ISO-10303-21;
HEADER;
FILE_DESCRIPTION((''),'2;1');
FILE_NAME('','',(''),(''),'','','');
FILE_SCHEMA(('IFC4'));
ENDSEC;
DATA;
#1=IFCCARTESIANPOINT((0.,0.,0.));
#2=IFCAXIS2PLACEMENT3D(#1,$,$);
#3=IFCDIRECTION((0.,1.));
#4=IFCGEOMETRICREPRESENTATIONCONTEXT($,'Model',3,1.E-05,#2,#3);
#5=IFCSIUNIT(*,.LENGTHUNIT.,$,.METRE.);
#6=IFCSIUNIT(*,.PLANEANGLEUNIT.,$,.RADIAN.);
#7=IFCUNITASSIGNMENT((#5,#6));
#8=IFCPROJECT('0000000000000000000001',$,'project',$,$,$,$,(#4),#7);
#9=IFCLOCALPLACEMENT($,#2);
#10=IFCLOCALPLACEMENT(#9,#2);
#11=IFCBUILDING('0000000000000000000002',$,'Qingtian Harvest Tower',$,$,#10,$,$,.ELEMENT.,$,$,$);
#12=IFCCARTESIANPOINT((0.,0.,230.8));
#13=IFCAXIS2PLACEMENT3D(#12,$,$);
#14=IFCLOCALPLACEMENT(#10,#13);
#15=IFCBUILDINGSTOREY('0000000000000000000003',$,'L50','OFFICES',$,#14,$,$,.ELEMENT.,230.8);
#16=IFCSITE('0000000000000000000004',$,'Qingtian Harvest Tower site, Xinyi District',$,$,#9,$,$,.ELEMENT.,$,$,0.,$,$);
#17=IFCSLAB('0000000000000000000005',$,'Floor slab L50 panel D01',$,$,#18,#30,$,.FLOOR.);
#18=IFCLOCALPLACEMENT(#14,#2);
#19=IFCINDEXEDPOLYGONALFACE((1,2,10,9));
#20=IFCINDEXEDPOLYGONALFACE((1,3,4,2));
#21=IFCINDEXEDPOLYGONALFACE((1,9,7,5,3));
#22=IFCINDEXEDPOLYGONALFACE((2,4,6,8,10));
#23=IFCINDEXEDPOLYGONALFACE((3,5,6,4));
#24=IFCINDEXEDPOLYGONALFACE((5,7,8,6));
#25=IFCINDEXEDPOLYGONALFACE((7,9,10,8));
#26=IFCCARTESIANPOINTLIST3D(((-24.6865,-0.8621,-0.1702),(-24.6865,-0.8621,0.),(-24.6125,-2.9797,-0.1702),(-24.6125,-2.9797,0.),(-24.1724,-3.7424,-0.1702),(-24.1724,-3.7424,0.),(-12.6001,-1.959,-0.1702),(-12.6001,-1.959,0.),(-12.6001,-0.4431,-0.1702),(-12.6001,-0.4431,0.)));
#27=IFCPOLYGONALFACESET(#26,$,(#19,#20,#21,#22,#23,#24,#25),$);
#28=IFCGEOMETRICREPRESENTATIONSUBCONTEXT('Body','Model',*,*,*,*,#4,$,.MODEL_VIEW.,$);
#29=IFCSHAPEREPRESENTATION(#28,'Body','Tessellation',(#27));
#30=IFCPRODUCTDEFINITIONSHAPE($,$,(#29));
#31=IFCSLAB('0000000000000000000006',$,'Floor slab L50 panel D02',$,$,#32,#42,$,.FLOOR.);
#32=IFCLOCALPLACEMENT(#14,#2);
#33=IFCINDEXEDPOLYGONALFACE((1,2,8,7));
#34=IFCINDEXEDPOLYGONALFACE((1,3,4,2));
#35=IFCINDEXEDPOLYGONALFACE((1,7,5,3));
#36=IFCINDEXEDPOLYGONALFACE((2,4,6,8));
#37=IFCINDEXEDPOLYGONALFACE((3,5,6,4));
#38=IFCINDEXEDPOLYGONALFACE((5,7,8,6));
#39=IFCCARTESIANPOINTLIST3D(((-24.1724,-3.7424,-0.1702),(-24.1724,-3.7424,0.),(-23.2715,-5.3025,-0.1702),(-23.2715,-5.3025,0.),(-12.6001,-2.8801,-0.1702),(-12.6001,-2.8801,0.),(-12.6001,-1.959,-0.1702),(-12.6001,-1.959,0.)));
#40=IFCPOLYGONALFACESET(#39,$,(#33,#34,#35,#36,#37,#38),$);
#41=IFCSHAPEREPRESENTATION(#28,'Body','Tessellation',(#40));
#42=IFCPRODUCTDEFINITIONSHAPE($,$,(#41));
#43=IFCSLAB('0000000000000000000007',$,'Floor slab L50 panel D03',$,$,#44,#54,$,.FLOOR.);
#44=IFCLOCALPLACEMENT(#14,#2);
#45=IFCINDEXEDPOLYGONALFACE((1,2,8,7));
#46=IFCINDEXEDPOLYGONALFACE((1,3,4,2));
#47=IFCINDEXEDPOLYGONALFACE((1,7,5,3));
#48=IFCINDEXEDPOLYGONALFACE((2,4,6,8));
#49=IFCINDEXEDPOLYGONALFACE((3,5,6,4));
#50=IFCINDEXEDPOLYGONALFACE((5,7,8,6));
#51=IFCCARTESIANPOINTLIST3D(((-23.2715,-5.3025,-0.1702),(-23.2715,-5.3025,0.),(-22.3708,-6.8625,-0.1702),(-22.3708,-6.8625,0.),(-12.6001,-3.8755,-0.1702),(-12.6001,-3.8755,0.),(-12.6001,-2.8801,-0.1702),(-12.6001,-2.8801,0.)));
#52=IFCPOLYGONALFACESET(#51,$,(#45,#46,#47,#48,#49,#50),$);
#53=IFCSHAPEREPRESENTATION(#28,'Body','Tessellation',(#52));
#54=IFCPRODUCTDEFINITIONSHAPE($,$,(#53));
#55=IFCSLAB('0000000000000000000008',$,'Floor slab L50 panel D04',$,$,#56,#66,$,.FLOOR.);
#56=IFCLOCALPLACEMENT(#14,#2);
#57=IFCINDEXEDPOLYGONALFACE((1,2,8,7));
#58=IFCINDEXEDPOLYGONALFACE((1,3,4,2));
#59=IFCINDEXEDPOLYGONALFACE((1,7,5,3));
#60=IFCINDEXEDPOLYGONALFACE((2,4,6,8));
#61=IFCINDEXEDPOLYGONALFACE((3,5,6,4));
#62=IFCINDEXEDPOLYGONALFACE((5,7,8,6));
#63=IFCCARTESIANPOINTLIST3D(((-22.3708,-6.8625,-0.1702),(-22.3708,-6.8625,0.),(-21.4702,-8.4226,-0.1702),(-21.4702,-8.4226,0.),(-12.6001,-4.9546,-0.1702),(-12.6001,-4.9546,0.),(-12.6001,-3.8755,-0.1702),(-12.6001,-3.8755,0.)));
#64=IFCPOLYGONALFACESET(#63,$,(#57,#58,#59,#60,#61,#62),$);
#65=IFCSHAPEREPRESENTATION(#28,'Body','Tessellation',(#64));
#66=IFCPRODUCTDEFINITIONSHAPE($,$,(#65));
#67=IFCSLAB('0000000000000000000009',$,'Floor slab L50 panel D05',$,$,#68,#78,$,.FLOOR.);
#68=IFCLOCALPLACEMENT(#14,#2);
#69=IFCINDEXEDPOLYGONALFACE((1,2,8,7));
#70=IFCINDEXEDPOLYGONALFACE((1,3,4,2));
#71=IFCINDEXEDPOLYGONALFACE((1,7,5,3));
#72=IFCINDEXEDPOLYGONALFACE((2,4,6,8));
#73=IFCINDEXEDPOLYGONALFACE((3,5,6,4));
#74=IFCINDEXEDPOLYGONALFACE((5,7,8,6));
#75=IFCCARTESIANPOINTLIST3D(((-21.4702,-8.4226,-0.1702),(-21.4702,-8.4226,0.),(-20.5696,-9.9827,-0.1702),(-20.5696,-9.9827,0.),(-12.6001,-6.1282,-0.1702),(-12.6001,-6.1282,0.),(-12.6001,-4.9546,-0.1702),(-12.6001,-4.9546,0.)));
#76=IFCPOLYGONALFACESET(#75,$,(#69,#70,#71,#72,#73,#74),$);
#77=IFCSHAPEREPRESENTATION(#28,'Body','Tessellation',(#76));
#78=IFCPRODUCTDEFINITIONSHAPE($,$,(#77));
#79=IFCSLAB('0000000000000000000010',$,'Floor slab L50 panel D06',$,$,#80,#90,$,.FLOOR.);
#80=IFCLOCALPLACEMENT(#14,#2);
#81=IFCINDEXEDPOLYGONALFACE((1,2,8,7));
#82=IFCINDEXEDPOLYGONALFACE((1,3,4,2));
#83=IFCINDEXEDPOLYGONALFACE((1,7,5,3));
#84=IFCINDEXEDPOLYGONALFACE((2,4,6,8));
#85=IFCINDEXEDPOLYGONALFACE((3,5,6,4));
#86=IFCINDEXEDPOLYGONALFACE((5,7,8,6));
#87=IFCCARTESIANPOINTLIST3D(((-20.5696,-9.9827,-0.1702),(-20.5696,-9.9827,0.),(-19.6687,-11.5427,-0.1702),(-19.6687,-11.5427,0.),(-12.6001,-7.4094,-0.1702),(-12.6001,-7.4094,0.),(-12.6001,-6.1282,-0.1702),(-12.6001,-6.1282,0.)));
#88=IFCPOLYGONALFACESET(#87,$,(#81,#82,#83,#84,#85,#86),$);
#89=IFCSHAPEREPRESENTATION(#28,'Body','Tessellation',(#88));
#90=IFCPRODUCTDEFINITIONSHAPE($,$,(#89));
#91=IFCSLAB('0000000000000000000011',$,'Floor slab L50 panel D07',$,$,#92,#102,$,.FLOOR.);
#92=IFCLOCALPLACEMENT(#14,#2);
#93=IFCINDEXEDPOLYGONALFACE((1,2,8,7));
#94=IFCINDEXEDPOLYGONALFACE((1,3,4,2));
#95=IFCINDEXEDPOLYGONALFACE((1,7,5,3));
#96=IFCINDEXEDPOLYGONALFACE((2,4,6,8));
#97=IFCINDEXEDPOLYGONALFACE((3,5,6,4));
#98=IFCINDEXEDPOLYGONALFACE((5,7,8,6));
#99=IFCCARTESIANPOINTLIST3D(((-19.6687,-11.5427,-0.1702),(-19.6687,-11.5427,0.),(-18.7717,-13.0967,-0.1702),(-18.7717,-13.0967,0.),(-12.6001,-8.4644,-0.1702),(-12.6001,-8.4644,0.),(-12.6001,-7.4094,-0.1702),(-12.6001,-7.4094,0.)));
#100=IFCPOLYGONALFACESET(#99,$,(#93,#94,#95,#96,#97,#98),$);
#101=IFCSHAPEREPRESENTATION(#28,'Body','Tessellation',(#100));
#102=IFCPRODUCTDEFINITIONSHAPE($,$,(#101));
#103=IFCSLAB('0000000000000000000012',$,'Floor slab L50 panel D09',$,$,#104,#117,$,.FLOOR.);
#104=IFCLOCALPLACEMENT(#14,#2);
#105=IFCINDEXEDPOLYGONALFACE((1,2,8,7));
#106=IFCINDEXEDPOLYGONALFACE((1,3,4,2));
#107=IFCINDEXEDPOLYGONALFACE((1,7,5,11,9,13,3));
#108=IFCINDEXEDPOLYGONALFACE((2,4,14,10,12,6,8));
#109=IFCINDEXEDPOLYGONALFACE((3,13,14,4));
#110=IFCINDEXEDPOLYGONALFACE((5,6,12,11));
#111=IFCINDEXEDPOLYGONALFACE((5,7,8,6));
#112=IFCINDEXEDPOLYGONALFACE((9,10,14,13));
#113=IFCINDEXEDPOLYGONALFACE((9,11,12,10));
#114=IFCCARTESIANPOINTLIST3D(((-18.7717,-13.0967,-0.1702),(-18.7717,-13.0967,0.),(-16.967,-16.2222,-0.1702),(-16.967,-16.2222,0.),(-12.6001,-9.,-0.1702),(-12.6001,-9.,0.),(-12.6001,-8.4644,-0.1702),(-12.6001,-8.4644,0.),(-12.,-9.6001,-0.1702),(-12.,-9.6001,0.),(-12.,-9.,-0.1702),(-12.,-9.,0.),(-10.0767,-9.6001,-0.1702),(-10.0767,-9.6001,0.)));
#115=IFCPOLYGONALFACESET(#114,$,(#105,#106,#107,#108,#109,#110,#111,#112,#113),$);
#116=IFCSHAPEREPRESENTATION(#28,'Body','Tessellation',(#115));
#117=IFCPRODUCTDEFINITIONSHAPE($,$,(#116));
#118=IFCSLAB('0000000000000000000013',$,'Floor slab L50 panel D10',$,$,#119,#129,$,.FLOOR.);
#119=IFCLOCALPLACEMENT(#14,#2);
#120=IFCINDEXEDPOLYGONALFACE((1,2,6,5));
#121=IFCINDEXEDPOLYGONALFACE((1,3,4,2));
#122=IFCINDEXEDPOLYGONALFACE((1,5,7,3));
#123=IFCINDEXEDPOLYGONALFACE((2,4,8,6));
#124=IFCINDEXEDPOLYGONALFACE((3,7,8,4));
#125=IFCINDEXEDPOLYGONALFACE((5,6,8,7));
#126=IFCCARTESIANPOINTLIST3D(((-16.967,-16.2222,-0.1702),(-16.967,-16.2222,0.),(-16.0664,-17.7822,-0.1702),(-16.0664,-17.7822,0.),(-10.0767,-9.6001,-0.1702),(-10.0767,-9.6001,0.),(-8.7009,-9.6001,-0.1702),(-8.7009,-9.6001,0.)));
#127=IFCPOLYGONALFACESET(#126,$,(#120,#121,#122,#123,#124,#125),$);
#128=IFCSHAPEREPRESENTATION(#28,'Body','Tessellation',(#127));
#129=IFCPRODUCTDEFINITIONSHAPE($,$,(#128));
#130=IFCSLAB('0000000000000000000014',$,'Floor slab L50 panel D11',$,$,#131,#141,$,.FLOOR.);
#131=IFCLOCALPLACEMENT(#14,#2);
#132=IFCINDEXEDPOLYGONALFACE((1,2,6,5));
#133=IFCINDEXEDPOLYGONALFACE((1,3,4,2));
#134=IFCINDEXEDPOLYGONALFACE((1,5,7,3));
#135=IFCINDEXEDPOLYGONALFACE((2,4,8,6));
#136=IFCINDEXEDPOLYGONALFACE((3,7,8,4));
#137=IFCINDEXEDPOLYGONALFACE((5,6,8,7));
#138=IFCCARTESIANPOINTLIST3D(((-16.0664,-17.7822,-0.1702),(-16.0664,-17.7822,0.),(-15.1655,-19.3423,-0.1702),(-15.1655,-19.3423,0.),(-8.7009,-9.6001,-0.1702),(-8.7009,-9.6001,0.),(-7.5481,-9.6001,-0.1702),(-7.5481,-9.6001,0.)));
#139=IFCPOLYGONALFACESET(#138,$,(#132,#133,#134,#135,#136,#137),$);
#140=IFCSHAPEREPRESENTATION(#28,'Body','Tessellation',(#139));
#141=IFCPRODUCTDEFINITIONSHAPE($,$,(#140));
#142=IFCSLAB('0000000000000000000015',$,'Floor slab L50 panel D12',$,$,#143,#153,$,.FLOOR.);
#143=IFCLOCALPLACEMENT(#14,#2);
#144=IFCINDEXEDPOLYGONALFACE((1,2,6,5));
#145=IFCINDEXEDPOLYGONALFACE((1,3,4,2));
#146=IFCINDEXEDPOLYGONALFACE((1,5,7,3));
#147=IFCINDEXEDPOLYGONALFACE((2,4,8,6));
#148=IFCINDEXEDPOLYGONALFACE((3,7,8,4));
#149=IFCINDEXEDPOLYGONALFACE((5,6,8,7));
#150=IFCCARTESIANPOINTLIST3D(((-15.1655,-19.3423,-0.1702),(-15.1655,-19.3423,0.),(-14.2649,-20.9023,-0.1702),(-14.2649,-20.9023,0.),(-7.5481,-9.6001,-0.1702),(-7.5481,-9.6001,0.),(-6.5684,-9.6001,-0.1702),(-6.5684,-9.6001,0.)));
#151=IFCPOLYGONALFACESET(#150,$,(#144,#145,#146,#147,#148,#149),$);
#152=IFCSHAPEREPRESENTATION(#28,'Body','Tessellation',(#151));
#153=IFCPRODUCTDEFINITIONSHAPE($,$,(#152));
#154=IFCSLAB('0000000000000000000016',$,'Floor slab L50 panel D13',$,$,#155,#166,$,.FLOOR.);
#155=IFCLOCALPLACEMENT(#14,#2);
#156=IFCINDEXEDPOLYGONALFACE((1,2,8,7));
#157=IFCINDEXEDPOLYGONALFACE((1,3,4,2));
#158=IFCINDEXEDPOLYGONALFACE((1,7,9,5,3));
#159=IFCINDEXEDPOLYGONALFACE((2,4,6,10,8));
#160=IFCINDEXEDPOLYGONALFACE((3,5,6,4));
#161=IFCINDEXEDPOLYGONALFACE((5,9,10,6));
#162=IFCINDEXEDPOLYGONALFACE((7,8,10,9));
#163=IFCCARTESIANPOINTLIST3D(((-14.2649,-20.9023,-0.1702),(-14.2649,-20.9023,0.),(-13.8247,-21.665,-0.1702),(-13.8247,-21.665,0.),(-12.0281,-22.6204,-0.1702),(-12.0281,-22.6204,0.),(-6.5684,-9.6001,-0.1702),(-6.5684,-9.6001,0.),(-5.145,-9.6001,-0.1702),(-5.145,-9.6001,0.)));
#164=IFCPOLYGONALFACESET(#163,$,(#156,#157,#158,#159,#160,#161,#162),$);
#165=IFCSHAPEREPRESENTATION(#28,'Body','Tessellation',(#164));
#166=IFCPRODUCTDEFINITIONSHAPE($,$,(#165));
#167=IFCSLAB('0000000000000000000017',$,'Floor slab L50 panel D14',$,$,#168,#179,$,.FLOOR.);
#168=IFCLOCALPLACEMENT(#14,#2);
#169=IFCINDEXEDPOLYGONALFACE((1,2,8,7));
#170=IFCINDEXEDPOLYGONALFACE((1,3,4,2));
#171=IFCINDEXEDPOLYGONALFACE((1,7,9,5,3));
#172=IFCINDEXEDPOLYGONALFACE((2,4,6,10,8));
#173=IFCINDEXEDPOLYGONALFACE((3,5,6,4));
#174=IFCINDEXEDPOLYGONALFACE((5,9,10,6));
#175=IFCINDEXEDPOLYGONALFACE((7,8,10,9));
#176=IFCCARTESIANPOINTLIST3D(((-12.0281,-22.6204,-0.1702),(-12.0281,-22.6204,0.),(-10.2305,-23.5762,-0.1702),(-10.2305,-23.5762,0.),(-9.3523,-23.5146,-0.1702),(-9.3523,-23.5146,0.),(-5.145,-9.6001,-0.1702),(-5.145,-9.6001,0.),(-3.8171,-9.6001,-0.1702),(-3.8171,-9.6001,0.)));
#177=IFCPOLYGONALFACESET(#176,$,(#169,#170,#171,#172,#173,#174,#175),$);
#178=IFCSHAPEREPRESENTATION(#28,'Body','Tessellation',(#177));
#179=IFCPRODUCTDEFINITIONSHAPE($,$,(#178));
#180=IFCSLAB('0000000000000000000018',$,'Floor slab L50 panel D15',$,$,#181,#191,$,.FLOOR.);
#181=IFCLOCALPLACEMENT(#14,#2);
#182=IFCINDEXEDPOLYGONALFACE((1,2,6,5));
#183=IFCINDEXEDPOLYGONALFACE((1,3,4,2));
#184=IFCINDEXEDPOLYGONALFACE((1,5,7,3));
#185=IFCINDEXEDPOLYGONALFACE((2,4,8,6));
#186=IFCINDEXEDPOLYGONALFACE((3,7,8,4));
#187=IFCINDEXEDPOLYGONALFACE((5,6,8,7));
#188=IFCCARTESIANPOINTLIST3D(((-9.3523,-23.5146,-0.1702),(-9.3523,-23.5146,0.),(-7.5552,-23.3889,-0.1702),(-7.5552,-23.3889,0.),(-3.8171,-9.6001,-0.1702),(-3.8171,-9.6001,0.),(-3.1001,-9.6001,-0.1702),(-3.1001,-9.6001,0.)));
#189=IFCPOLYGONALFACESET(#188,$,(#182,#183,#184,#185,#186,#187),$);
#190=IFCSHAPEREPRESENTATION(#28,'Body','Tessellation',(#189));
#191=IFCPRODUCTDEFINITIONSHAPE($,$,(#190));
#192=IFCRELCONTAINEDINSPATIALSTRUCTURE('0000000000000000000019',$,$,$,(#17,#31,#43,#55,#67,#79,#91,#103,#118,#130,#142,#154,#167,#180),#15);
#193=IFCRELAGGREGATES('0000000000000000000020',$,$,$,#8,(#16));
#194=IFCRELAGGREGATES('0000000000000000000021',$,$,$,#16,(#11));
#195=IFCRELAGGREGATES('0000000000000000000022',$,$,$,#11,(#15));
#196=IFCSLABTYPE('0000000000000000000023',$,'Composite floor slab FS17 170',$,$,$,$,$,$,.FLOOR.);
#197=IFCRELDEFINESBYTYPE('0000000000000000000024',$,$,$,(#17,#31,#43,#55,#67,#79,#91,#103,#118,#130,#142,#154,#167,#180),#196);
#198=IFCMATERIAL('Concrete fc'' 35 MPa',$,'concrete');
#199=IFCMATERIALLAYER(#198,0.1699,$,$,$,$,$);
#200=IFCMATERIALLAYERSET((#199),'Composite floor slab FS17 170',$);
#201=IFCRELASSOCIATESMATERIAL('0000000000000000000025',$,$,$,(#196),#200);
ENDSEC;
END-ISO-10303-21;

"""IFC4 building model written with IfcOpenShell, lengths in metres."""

from ifc_helpers import new_model, si_unit, direction, frame, origin, place, context, subcontext, project, spatial, polyline, outline, extrude, material, layer, layer_set, type_object, element, save


model = new_model("IFC4")

# Units and contexts
model_context = context("Model", 3, precision=1e-05, world=origin(), true_north=direction((0.0, 1.0)))
body_context = subcontext(model_context, "Body", "Model", "MODEL_VIEW")
ifc_project = project(units=[si_unit("LENGTHUNIT", "METRE"), si_unit("PLANEANGLEUNIT", "RADIAN")], contexts=[model_context])

# Site, building, storey
site_placement = place(None, origin())
site = spatial("IfcSite", under=ifc_project, at=site_placement, Name="Qingtian Harvest Tower site, Xinyi District", CompositionType="ELEMENT", RefElevation=0.0)
building_placement = place(site_placement, origin())
building = spatial("IfcBuilding", under=site, at=building_placement, Name="Qingtian Harvest Tower", CompositionType="ELEMENT")
storey_placement = place(building_placement, frame((0.0, 0.0, 230.8)))
storey = spatial("IfcBuildingStorey", under=building, at=storey_placement, Name="L50", Description="OFFICES", CompositionType="ELEMENT", Elevation=230.8)

# Slabs
ifc_material = material(Name="Concrete fc' 35 MPa", Category="concrete")
ifc_layer = layer(ifc_material, 0.1699)
ifc_layer_set = layer_set([ifc_layer], Name="Composite floor slab FS17 170")
slab_type = type_object("IfcSlabType", Name="Composite floor slab FS17 170", PredefinedType="FLOOR", material=ifc_layer_set)
slab_1_placement = place(storey_placement, frame((0.0, 0.0, -0.1702)))
element("IfcSlab", 1, at=slab_1_placement, inside=storey, type_object=slab_type, Name="Floor slab L50 panel D01", PredefinedType="FLOOR", context=body_context, shape_type="SweptSolid", body=[
    extrude(outline(polyline([(-24.6865, -0.8621), (-12.6001, -0.4431), (-12.6001, -1.959), (-24.1724, -3.7424), (-24.6125, -2.9797), (-24.6865, -0.8621)])), origin(), (0.0, 0.0, 1.0), 0.1702),
])
slab_2_placement = place(storey_placement, frame((0.0, 0.0, -0.1702)))
element("IfcSlab", 2, at=slab_2_placement, inside=storey, type_object=slab_type, Name="Floor slab L50 panel D02", PredefinedType="FLOOR", context=body_context, shape_type="SweptSolid", body=[
    extrude(outline(polyline([(-12.6001, -2.8801), (-23.2715, -5.3025), (-24.1724, -3.7424), (-12.6001, -1.959), (-12.6001, -2.8801)])), origin(), (0.0, 0.0, 1.0), 0.1702),
])
slab_3_placement = place(storey_placement, frame((0.0, 0.0, -0.1702)))
element("IfcSlab", 3, at=slab_3_placement, inside=storey, type_object=slab_type, Name="Floor slab L50 panel D03", PredefinedType="FLOOR", context=body_context, shape_type="SweptSolid", body=[
    extrude(outline(polyline([(-12.6001, -3.8755), (-22.3708, -6.8625), (-23.2715, -5.3025), (-12.6001, -2.8801), (-12.6001, -3.8755)])), origin(), (0.0, 0.0, 1.0), 0.1702),
])
slab_4_placement = place(storey_placement, frame((0.0, 0.0, -0.1702)))
element("IfcSlab", 4, at=slab_4_placement, inside=storey, type_object=slab_type, Name="Floor slab L50 panel D04", PredefinedType="FLOOR", context=body_context, shape_type="SweptSolid", body=[
    extrude(outline(polyline([(-12.6001, -4.9546), (-21.4702, -8.4226), (-22.3708, -6.8625), (-12.6001, -3.8755), (-12.6001, -4.9546)])), origin(), (0.0, 0.0, 1.0), 0.1702),
])
slab_5_placement = place(storey_placement, frame((0.0, 0.0, -0.1702)))
element("IfcSlab", 5, at=slab_5_placement, inside=storey, type_object=slab_type, Name="Floor slab L50 panel D05", PredefinedType="FLOOR", context=body_context, shape_type="SweptSolid", body=[
    extrude(outline(polyline([(-12.6001, -6.1282), (-20.5696, -9.9827), (-21.4702, -8.4226), (-12.6001, -4.9546), (-12.6001, -6.1282)])), origin(), (0.0, 0.0, 1.0), 0.1702),
])
slab_6_placement = place(storey_placement, frame((0.0, 0.0, -0.1702)))
element("IfcSlab", 6, at=slab_6_placement, inside=storey, type_object=slab_type, Name="Floor slab L50 panel D06", PredefinedType="FLOOR", context=body_context, shape_type="SweptSolid", body=[
    extrude(outline(polyline([(-12.6001, -7.4094), (-19.6687, -11.5427), (-20.5696, -9.9827), (-12.6001, -6.1282), (-12.6001, -7.4094)])), origin(), (0.0, 0.0, 1.0), 0.1702),
])
slab_7_placement = place(storey_placement, frame((0.0, 0.0, -0.1702)))
element("IfcSlab", 7, at=slab_7_placement, inside=storey, type_object=slab_type, Name="Floor slab L50 panel D07", PredefinedType="FLOOR", context=body_context, shape_type="SweptSolid", body=[
    extrude(outline(polyline([(-12.6001, -8.4644), (-18.7717, -13.0967), (-19.6687, -11.5427), (-12.6001, -7.4094), (-12.6001, -8.4644)])), origin(), (0.0, 0.0, 1.0), 0.1702),
])
slab_8_placement = place(storey_placement, frame((0.0, 0.0, -0.1702)))
element("IfcSlab", 8, at=slab_8_placement, inside=storey, type_object=slab_type, Name="Floor slab L50 panel D09", PredefinedType="FLOOR", context=body_context, shape_type="SweptSolid", body=[
    extrude(outline(polyline([(-16.967, -16.2222), (-18.7717, -13.0967), (-12.6001, -8.4644), (-12.6001, -9.0), (-12.0, -9.0), (-12.0, -9.6001), (-10.0767, -9.6001), (-16.967, -16.2222)])), origin(), (0.0, 0.0, 1.0), 0.1702),
])
slab_9_placement = place(storey_placement, frame((0.0, 0.0, -0.1702)))
element("IfcSlab", 9, at=slab_9_placement, inside=storey, type_object=slab_type, Name="Floor slab L50 panel D10", PredefinedType="FLOOR", context=body_context, shape_type="SweptSolid", body=[
    extrude(outline(polyline([(-8.7009, -9.6001), (-16.0664, -17.7822), (-16.967, -16.2222), (-10.0767, -9.6001), (-8.7009, -9.6001)])), origin(), (0.0, 0.0, 1.0), 0.1702),
])
slab_10_placement = place(storey_placement, frame((0.0, 0.0, -0.1702)))
element("IfcSlab", 10, at=slab_10_placement, inside=storey, type_object=slab_type, Name="Floor slab L50 panel D11", PredefinedType="FLOOR", context=body_context, shape_type="SweptSolid", body=[
    extrude(outline(polyline([(-7.5481, -9.6001), (-15.1655, -19.3423), (-16.0664, -17.7822), (-8.7009, -9.6001), (-7.5481, -9.6001)])), origin(), (0.0, 0.0, 1.0), 0.1702),
])
slab_11_placement = place(storey_placement, frame((0.0, 0.0, -0.1702)))
element("IfcSlab", 11, at=slab_11_placement, inside=storey, type_object=slab_type, Name="Floor slab L50 panel D12", PredefinedType="FLOOR", context=body_context, shape_type="SweptSolid", body=[
    extrude(outline(polyline([(-6.5684, -9.6001), (-14.2649, -20.9023), (-15.1655, -19.3423), (-7.5481, -9.6001), (-6.5684, -9.6001)])), origin(), (0.0, 0.0, 1.0), 0.1702),
])
slab_12_placement = place(storey_placement, frame((0.0, 0.0, -0.1702)))
element("IfcSlab", 12, at=slab_12_placement, inside=storey, type_object=slab_type, Name="Floor slab L50 panel D13", PredefinedType="FLOOR", context=body_context, shape_type="SweptSolid", body=[
    extrude(outline(polyline([(-6.5684, -9.6001), (-5.145, -9.6001), (-12.0281, -22.6204), (-13.8247, -21.665), (-14.2649, -20.9023), (-6.5684, -9.6001)])), origin(), (0.0, 0.0, 1.0), 0.1702),
])
slab_13_placement = place(storey_placement, frame((0.0, 0.0, -0.1702)))
element("IfcSlab", 13, at=slab_13_placement, inside=storey, type_object=slab_type, Name="Floor slab L50 panel D14", PredefinedType="FLOOR", context=body_context, shape_type="SweptSolid", body=[
    extrude(outline(polyline([(-5.145, -9.6001), (-3.8171, -9.6001), (-9.3523, -23.5146), (-10.2305, -23.5762), (-12.0281, -22.6204), (-5.145, -9.6001)])), origin(), (0.0, 0.0, 1.0), 0.1702),
])
slab_14_placement = place(storey_placement, frame((0.0, 0.0, -0.1702)))
element("IfcSlab", 14, at=slab_14_placement, inside=storey, type_object=slab_type, Name="Floor slab L50 panel D15", PredefinedType="FLOOR", context=body_context, shape_type="SweptSolid", body=[
    extrude(outline(polyline([(-3.1001, -9.6001), (-7.5552, -23.3889), (-9.3523, -23.5146), (-3.8171, -9.6001), (-3.1001, -9.6001)])), origin(), (0.0, 0.0, 1.0), 0.1702),
])

save(model, "model.ifc")
